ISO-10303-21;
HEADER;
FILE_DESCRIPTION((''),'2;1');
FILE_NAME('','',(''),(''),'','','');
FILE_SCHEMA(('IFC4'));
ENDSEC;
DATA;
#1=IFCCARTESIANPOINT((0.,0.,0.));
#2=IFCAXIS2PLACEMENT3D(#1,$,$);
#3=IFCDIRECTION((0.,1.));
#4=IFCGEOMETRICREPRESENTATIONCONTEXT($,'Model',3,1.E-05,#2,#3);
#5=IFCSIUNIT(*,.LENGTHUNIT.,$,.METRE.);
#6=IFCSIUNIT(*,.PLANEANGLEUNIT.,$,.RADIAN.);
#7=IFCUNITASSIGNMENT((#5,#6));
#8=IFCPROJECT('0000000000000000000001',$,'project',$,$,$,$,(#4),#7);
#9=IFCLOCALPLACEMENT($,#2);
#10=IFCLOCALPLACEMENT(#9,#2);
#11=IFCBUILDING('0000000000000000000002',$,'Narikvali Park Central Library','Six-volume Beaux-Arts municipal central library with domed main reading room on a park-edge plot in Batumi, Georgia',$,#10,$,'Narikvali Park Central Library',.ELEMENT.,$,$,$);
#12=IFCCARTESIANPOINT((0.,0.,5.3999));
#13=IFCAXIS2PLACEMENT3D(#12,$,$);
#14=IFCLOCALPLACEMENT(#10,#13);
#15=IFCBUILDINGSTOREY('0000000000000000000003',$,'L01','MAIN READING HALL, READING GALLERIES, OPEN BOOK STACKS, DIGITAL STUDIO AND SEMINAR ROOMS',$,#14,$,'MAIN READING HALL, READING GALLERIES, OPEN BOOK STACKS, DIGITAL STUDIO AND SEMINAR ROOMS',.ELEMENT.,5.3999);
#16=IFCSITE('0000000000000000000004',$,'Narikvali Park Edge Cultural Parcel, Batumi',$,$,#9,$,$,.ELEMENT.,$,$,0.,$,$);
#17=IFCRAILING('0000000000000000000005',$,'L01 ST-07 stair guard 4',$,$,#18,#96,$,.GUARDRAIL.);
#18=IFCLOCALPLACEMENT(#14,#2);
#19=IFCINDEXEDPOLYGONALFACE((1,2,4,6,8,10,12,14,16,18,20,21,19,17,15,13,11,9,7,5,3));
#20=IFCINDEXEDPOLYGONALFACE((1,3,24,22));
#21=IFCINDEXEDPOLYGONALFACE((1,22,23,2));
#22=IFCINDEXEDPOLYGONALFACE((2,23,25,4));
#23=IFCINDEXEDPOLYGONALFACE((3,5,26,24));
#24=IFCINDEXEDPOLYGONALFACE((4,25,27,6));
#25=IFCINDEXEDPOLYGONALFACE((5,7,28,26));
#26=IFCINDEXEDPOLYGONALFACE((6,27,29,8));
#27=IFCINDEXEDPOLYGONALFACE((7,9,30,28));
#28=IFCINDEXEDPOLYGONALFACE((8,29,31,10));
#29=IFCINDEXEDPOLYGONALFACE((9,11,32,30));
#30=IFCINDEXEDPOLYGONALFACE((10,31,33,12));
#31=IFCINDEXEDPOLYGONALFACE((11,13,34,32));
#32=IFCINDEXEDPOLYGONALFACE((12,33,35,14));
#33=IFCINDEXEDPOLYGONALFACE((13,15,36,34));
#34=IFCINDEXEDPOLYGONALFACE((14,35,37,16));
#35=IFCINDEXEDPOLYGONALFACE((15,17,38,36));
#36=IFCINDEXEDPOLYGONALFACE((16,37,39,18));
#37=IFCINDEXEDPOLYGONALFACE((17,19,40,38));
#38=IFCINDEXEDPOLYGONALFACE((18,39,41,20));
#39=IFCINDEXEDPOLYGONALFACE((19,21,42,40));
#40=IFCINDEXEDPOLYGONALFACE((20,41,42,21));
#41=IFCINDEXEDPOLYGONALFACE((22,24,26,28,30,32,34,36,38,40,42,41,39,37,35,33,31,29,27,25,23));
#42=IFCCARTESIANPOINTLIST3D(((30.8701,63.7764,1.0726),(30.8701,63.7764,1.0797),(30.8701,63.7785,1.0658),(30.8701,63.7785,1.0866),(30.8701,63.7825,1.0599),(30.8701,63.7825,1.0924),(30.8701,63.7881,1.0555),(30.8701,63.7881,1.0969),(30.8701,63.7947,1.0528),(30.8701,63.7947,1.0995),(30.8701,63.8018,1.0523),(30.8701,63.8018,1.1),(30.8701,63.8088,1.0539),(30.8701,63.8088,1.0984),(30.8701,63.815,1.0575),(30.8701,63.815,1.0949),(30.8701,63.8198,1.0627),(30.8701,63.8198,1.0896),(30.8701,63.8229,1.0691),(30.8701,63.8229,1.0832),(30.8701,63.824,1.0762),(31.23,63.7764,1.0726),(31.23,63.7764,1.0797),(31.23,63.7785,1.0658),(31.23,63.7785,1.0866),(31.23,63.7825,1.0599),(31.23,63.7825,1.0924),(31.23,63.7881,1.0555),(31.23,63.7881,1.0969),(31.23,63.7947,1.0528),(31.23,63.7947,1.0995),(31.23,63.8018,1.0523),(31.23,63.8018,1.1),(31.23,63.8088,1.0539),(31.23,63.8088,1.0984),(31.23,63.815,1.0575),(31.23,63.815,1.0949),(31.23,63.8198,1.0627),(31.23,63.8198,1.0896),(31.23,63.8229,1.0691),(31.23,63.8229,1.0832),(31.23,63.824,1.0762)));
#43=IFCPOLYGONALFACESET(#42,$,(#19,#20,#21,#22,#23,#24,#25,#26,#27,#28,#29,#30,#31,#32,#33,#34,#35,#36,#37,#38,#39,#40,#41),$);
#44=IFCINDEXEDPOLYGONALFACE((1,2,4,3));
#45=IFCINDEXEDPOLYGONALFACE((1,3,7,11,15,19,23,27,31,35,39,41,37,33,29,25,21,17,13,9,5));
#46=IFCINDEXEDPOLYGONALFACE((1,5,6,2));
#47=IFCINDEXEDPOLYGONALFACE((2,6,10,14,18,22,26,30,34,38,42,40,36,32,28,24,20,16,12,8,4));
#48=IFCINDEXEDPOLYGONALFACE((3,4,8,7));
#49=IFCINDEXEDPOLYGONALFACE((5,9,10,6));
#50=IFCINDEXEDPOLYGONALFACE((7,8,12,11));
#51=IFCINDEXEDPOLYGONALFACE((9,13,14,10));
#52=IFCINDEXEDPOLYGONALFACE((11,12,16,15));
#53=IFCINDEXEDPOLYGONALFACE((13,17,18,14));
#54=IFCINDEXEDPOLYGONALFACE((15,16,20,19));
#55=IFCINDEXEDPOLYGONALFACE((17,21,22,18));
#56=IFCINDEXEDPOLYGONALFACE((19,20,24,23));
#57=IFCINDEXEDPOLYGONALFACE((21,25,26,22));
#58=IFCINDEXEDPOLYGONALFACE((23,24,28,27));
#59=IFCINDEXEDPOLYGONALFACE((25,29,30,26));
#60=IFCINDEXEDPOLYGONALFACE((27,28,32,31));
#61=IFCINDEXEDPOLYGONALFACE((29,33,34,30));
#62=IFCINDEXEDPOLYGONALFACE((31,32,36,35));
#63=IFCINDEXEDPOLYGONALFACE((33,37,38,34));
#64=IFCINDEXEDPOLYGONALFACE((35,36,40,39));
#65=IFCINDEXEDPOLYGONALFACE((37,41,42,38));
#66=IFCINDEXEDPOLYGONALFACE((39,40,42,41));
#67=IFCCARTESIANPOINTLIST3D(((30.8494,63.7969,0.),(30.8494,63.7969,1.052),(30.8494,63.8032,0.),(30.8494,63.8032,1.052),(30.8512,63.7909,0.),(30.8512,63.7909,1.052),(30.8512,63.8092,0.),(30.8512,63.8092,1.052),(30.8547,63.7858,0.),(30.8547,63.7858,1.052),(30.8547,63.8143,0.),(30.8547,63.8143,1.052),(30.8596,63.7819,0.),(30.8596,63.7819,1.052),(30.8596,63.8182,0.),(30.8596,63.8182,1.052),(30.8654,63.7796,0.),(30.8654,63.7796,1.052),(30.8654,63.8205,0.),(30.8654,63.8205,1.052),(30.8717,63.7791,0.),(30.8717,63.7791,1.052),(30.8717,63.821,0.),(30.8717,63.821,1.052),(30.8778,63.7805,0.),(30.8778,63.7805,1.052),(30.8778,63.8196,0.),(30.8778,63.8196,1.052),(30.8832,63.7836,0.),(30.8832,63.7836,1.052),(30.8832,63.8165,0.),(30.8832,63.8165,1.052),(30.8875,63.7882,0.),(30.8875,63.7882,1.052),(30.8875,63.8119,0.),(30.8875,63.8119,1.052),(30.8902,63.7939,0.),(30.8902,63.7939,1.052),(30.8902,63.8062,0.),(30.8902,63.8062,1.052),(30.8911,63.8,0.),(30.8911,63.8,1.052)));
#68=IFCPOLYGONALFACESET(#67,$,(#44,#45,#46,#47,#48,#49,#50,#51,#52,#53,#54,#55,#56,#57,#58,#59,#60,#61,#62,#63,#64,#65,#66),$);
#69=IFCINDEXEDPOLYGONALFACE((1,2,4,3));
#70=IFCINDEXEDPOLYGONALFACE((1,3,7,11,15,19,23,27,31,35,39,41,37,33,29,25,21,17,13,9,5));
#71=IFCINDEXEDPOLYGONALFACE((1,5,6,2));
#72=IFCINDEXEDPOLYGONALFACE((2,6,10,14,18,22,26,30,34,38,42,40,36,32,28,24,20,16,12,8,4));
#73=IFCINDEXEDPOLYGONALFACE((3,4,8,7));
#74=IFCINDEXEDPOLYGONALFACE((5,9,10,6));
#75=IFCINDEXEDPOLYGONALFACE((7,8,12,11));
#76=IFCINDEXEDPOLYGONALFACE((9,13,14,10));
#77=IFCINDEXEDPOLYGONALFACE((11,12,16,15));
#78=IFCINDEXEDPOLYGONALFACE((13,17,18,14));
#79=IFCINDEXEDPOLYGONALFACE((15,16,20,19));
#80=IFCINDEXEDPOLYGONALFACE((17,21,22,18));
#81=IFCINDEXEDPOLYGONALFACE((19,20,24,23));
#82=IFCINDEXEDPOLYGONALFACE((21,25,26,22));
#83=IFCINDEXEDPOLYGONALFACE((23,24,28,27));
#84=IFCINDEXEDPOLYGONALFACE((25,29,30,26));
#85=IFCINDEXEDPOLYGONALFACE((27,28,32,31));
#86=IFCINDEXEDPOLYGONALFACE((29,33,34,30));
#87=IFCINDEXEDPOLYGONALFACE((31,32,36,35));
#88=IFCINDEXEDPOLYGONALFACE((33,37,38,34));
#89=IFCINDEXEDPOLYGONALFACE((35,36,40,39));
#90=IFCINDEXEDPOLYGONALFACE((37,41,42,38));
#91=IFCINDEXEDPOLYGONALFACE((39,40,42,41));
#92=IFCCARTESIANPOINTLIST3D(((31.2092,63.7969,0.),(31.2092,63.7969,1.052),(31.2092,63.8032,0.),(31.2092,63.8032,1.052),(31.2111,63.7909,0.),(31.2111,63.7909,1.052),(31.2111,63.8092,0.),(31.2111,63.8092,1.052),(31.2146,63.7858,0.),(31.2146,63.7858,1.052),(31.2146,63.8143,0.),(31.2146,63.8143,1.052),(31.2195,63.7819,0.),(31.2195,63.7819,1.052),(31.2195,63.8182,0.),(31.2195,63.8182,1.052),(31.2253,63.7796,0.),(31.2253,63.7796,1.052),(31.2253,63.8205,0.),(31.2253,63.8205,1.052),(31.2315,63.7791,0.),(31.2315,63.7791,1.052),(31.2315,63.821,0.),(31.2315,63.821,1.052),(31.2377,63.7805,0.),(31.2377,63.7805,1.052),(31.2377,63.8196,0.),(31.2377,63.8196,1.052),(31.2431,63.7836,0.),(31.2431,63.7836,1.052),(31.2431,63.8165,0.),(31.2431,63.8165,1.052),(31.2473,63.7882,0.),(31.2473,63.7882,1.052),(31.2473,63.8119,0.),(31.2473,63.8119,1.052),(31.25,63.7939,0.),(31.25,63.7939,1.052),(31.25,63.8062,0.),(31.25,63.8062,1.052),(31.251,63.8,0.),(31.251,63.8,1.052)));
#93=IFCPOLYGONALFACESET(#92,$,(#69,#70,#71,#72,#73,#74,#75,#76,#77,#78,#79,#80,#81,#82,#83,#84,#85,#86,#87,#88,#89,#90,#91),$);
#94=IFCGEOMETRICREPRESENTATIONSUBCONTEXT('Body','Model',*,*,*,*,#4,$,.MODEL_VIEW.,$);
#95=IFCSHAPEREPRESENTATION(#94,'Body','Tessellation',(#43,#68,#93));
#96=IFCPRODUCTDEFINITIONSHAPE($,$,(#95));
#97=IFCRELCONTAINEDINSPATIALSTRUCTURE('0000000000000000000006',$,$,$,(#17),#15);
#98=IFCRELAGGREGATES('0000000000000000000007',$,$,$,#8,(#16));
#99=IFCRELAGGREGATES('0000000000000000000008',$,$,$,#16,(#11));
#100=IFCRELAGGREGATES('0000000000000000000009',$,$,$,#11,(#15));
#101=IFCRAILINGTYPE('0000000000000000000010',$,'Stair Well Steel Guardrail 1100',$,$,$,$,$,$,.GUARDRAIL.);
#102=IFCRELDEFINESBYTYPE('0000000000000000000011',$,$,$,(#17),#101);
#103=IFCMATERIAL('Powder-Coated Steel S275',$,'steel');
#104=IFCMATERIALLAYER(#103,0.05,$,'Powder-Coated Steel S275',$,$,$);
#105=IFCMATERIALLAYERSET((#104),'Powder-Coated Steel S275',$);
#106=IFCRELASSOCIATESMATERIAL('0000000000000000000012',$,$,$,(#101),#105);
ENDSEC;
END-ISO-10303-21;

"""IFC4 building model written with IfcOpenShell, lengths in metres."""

from ifc_helpers import new_model, si_unit, direction, frame, origin, origin_2d, place, context, subcontext, project, spatial, circle, extrude, material, layer, layer_set, type_object, element, save


model = new_model("IFC4")

# Units and contexts
model_context = context("Model", 3, precision=1e-05, world=origin(), true_north=direction((0.0, 1.0)))
body_context = subcontext(model_context, "Body", "Model", "MODEL_VIEW")
ifc_project = project(units=[si_unit("LENGTHUNIT", "METRE"), si_unit("PLANEANGLEUNIT", "RADIAN")], contexts=[model_context])

# Site, building, storey
site_placement = place(None, origin())
site = spatial("IfcSite", under=ifc_project, at=site_placement, Name="Narikvali Park Edge Cultural Parcel, Batumi", CompositionType="ELEMENT", RefElevation=0.0)
building_placement = place(site_placement, origin())
building = spatial("IfcBuilding", under=site, at=building_placement, Name="Narikvali Park Central Library", Description="Six-volume Beaux-Arts municipal central library with domed main reading room on a park-edge plot in Batumi, Georgia", LongName="Narikvali Park Central Library", CompositionType="ELEMENT")
storey_placement = place(building_placement, frame((0.0, 0.0, 5.3999)))
storey = spatial("IfcBuildingStorey", under=building, at=storey_placement, Name="L01", Description="MAIN READING HALL, READING GALLERIES, OPEN BOOK STACKS, DIGITAL STUDIO AND SEMINAR ROOMS", LongName="MAIN READING HALL, READING GALLERIES, OPEN BOOK STACKS, DIGITAL STUDIO AND SEMINAR ROOMS", CompositionType="ELEMENT", Elevation=5.3999)

# Railing
ifc_material_1 = material(Name="Powder-Coated Steel S275", Category="steel")
ifc_layer_1 = layer(ifc_material_1, 0.05, Name="Powder-Coated Steel S275")
ifc_layer_set_1 = layer_set([ifc_layer_1], Name="Powder-Coated Steel S275")
railing_type_1 = type_object("IfcRailingType", Name="Stair Well Steel Guardrail 1100", PredefinedType="GUARDRAIL", material=ifc_layer_set_1)
railing_1_placement = place(storey_placement, frame((30.8701, 63.8, 0.0)))
element("IfcRailing", 1, at=railing_1_placement, inside=storey, type_object=railing_type_1, Name="L01 ST-07 stair guard 4", PredefinedType="GUARDRAIL", context=body_context, shape_type="SweptSolid", body=[
    extrude(circle(Radius=0.0239, at=origin_2d()), frame((0.0, 0.0, 1.0762), z_axis=(1.0, 0.0, 0.0), x_axis=(0.0, 1.0, 0.0)), (0.0, 0.0, 1.0), 0.3599),
    extrude(circle(Radius=0.021, at=origin_2d()), origin(), (0.0, 0.0, 1.0), 1.052),
    extrude(circle(Radius=0.021, at=origin_2d()), frame((0.3599, 0.0, 0.0)), (0.0, 0.0, 1.0), 1.052),
])

save(model, "model.ifc")
